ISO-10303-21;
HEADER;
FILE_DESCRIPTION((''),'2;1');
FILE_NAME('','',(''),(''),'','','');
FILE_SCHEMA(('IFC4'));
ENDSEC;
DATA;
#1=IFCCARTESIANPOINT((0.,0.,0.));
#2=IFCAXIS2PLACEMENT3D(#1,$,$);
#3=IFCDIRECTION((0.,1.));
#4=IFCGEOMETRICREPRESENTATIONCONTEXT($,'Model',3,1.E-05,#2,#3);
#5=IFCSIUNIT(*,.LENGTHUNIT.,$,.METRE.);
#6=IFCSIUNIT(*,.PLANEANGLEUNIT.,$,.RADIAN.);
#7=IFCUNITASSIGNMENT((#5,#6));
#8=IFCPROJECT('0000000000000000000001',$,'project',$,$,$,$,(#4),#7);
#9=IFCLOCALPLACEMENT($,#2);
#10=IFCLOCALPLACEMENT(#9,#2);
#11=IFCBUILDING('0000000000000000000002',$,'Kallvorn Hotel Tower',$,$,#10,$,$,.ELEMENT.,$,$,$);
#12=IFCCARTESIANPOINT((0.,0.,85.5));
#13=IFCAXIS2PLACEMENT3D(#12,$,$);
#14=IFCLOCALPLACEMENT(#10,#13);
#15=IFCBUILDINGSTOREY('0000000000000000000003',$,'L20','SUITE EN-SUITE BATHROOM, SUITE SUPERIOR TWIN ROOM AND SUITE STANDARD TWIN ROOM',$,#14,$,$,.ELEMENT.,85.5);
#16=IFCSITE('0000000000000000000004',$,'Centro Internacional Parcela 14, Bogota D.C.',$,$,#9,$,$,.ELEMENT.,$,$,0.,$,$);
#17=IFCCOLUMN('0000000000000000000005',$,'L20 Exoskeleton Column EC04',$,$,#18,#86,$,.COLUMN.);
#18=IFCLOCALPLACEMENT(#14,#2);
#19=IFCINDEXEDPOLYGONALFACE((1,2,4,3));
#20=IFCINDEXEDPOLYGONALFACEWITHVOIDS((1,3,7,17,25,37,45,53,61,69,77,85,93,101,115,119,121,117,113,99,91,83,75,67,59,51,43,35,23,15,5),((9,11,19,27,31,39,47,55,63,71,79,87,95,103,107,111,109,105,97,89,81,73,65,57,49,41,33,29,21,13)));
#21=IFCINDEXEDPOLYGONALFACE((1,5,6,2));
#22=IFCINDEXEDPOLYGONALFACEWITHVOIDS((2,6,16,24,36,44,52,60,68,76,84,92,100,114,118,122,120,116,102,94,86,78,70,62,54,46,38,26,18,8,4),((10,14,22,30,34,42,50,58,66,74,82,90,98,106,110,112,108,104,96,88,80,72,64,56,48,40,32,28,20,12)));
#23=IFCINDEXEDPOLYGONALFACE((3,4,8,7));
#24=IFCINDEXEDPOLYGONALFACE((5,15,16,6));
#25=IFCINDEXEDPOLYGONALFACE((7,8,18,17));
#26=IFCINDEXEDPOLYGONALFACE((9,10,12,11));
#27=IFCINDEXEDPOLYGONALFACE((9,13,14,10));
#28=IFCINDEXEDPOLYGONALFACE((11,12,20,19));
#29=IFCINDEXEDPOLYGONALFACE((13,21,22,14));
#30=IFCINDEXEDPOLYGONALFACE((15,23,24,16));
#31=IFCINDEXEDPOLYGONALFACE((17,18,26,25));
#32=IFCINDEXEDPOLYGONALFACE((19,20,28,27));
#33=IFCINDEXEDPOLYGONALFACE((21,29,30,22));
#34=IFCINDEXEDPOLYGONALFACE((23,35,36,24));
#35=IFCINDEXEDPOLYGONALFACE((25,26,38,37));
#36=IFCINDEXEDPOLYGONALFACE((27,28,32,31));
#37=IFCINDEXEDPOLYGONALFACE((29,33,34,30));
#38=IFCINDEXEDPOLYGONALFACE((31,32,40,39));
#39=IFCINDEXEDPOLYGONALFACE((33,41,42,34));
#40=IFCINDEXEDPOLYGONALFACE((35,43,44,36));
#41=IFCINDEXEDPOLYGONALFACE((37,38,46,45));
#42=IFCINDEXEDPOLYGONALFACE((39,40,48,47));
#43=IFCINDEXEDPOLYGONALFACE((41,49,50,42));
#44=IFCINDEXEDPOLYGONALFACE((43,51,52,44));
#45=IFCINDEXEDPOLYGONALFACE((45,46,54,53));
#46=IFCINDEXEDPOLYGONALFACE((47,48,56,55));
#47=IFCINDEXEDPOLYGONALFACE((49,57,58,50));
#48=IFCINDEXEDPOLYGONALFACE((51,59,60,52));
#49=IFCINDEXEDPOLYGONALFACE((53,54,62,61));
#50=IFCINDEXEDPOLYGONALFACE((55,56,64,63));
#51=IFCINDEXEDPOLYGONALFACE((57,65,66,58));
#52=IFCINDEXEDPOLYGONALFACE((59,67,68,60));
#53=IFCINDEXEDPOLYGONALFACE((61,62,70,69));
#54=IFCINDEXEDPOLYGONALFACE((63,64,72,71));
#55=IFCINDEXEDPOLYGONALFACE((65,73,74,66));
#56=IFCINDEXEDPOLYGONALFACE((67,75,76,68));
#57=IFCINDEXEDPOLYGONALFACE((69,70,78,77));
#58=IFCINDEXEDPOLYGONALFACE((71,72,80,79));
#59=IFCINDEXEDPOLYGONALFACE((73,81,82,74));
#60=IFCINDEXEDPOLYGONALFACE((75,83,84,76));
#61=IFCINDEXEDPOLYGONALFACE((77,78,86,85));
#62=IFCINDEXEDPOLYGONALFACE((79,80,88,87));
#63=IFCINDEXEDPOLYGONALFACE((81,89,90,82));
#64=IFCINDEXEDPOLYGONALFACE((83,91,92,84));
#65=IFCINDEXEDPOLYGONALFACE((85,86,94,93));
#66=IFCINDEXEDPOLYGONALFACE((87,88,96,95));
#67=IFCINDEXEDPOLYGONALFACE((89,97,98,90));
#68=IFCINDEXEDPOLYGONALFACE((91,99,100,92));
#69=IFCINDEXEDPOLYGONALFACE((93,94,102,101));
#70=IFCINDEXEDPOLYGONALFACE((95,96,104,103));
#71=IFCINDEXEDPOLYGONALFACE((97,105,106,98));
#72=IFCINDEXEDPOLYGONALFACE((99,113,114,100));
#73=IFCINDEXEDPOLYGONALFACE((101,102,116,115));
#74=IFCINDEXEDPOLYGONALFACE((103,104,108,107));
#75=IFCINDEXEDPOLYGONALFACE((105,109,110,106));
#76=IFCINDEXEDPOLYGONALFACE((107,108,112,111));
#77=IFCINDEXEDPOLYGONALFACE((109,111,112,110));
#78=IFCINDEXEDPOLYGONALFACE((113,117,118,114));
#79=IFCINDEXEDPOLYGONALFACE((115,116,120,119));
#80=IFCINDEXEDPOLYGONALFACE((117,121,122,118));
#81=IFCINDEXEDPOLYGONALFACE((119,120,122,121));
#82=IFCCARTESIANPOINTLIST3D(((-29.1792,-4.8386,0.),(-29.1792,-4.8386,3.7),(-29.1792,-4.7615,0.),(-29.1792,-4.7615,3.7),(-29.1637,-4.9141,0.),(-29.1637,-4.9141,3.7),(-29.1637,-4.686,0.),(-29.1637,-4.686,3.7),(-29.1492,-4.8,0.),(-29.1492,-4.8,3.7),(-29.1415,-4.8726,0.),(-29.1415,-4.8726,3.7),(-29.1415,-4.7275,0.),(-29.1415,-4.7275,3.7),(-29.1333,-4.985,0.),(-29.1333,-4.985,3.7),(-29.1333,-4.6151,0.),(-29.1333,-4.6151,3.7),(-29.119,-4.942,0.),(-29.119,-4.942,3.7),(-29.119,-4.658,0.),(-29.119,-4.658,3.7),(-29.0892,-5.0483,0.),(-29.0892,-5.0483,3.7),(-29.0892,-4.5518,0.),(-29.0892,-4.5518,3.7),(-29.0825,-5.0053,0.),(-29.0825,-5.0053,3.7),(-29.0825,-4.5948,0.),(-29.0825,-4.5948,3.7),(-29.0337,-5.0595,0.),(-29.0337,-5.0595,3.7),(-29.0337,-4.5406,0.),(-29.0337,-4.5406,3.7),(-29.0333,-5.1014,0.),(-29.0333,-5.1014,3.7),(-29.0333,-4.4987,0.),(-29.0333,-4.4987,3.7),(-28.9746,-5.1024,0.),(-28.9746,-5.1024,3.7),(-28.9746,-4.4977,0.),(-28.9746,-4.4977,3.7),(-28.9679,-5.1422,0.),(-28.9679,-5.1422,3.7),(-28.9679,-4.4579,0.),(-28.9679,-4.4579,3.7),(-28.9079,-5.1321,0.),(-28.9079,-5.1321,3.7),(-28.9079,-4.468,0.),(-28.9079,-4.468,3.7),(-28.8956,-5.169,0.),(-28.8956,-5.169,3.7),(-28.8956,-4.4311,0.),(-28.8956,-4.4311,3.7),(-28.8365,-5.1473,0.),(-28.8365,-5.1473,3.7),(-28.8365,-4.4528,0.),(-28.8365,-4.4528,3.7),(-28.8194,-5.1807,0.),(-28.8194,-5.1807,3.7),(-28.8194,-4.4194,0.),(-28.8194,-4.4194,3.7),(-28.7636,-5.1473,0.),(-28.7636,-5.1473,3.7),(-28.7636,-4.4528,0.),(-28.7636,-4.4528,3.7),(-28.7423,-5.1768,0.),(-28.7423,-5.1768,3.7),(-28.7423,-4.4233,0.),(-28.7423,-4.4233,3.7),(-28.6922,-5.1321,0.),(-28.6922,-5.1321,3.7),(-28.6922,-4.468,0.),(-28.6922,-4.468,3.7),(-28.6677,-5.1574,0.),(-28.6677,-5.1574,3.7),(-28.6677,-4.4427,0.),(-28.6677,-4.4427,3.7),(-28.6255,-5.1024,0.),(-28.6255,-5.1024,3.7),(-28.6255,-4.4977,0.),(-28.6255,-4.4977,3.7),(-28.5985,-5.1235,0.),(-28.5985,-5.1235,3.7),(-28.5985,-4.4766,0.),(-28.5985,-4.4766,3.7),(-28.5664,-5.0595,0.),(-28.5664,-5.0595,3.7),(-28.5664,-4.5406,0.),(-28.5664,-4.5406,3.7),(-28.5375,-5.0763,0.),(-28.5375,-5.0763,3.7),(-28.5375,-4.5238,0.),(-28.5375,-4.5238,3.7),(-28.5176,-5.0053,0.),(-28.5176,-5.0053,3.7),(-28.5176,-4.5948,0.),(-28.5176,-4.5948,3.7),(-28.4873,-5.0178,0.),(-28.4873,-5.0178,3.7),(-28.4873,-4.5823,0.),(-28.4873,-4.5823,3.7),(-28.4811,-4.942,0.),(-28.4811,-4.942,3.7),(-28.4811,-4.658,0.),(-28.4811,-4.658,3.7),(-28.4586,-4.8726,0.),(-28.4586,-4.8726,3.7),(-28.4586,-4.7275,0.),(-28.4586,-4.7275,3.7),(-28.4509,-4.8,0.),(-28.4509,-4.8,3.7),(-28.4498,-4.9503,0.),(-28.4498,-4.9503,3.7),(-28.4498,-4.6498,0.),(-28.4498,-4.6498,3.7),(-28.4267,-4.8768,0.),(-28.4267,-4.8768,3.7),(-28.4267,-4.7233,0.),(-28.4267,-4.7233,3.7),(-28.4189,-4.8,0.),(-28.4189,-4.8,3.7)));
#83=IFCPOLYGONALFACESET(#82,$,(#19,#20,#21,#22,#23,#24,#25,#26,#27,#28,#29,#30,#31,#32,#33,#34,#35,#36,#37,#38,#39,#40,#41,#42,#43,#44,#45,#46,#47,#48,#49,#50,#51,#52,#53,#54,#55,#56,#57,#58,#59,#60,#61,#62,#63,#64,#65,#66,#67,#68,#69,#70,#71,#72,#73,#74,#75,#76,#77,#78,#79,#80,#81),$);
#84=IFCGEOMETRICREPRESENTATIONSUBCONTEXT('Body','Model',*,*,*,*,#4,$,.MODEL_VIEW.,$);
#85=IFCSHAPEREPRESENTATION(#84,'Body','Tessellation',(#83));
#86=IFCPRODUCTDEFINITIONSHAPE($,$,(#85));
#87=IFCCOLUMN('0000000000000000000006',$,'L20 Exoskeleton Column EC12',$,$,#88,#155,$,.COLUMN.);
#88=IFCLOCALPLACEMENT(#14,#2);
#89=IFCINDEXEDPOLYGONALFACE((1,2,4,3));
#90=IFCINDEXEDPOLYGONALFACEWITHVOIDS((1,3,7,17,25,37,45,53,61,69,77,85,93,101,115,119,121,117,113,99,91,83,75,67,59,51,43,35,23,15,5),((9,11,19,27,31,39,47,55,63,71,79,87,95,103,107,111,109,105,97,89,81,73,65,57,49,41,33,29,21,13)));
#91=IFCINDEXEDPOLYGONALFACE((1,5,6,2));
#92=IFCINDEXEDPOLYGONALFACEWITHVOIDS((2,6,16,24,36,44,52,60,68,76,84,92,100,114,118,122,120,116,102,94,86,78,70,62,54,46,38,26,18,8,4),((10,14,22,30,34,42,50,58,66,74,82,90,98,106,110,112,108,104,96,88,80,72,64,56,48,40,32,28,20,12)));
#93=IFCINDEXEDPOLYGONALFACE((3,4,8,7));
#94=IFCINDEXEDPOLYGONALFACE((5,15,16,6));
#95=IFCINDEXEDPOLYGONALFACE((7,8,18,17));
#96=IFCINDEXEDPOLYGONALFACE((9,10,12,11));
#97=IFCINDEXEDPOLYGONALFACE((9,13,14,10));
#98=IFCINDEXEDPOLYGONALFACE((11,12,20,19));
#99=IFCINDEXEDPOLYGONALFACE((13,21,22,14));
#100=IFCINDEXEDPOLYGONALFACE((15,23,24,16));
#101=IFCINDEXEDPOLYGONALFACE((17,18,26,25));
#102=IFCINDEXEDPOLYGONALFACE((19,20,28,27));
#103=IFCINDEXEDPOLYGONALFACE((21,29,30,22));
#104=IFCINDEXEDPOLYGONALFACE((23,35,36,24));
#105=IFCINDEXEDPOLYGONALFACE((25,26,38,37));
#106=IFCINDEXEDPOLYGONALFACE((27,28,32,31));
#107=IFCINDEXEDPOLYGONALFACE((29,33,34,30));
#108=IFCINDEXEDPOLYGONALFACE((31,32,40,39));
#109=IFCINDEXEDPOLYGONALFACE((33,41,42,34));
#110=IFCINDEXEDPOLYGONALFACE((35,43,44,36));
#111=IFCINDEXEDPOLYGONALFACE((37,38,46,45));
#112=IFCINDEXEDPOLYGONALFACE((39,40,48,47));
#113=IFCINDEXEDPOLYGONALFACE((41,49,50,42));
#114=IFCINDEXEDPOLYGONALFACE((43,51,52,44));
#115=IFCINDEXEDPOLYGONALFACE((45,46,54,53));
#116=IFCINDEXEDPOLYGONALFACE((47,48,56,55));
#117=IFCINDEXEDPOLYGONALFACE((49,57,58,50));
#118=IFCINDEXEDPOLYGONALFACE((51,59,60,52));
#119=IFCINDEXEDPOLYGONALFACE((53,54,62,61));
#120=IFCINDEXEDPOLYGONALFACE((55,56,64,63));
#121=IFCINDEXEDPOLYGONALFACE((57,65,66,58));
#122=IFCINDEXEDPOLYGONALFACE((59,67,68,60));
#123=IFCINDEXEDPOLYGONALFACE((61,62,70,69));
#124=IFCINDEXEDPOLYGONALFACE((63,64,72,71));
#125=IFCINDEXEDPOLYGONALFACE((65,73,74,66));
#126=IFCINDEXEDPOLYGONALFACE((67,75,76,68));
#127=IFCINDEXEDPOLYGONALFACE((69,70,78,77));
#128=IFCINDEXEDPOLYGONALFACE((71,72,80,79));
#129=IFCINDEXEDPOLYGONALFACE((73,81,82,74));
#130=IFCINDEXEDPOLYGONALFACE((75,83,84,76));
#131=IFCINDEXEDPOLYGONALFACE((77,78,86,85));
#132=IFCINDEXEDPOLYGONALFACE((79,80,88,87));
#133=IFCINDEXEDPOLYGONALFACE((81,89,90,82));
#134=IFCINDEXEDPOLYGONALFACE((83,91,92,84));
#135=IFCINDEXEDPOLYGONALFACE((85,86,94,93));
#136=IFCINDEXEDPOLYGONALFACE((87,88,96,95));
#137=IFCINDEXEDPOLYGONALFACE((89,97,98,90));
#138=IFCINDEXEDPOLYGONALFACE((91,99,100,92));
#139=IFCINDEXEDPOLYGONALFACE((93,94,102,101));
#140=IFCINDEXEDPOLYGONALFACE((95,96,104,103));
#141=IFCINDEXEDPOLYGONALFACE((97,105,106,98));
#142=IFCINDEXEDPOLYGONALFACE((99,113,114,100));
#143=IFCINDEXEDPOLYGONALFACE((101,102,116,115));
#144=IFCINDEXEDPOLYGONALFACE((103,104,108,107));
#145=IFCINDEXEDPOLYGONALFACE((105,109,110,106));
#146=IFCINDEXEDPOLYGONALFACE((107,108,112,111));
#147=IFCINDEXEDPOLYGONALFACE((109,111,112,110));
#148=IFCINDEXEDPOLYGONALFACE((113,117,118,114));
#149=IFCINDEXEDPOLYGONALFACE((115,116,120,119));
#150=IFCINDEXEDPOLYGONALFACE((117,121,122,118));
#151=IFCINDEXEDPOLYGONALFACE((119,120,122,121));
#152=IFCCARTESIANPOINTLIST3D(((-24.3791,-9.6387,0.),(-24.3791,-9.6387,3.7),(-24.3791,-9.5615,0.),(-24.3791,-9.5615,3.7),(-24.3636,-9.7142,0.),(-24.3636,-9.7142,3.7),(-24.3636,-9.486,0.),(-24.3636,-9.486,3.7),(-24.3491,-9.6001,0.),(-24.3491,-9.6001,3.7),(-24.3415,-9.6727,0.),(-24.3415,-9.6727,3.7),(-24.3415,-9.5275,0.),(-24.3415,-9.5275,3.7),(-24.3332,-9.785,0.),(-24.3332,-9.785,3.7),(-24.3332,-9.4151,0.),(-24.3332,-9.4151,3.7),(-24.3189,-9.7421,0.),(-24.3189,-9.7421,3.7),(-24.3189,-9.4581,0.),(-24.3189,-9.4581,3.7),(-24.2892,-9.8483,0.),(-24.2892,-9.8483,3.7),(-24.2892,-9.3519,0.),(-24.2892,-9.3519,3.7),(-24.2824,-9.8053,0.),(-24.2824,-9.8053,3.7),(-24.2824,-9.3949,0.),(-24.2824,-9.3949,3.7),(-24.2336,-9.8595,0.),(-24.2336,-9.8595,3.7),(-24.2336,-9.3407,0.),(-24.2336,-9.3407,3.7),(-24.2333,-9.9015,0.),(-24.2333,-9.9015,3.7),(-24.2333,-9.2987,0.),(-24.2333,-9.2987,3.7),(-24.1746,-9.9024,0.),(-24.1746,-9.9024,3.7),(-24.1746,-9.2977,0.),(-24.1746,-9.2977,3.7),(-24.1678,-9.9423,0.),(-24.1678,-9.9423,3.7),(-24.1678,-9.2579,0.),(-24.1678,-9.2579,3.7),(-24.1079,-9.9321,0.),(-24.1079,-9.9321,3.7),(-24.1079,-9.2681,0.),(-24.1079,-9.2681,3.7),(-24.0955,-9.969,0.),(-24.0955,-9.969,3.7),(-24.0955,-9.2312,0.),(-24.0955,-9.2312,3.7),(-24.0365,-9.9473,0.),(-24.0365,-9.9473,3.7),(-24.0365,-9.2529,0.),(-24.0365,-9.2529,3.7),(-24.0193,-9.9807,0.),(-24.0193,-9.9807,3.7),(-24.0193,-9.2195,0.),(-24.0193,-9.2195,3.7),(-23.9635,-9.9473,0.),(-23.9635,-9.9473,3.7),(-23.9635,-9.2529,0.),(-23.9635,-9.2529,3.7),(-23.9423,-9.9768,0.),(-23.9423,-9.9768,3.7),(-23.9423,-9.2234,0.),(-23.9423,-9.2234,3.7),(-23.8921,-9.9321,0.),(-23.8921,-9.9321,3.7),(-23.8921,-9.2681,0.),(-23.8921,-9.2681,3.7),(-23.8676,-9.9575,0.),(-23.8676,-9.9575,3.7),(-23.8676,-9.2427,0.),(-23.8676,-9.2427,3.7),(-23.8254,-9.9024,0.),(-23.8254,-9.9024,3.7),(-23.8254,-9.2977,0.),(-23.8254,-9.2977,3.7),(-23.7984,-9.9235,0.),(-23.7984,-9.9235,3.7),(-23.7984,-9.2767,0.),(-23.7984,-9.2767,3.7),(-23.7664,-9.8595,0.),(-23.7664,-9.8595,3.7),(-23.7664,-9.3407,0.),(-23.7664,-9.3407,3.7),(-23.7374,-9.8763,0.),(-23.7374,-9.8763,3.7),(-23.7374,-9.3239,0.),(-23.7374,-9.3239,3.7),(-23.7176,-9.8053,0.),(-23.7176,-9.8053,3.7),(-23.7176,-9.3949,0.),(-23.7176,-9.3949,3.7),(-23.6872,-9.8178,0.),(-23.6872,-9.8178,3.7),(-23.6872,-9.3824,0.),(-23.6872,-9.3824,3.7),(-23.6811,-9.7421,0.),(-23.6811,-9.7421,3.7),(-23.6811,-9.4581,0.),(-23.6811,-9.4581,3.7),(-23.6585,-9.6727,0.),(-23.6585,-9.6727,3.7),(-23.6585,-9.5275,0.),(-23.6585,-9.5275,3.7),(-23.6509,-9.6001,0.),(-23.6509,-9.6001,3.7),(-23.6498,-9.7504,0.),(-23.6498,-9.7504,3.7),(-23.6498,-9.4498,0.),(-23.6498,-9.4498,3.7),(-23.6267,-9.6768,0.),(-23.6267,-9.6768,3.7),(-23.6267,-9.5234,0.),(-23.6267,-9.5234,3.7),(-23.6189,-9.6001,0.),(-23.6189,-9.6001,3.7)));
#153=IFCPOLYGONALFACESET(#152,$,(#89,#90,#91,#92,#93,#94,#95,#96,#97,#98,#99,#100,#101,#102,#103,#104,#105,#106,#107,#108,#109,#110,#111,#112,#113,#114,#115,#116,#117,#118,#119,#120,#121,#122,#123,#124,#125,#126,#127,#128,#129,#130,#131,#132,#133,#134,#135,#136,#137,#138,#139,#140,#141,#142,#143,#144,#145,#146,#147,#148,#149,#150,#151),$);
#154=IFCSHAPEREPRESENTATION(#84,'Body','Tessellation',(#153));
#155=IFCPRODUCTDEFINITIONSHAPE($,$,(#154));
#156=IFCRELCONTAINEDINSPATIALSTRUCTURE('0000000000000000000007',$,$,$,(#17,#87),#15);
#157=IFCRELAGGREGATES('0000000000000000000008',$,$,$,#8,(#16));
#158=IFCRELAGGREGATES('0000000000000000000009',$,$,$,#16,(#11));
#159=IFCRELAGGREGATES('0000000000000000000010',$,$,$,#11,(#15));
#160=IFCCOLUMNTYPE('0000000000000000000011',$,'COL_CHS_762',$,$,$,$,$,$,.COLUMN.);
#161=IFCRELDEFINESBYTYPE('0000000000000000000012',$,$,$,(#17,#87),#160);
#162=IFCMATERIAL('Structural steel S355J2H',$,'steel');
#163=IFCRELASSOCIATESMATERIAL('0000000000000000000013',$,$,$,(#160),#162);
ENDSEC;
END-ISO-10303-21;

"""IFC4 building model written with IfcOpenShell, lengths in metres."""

from ifc_helpers import new_model, si_unit, direction, frame, origin, origin_2d, place, context, subcontext, project, spatial, hollow_circle, extrude, material, material_profile, profile_set, type_object, element, save


model = new_model("IFC4")

# Units and contexts
model_context = context("Model", 3, precision=1e-05, world=origin(), true_north=direction((0.0, 1.0)))
body_context = subcontext(model_context, "Body", "Model", "MODEL_VIEW")
ifc_project = project(units=[si_unit("LENGTHUNIT", "METRE"), si_unit("PLANEANGLEUNIT", "RADIAN")], contexts=[model_context])

# Site, building, storey
site_placement = place(None, origin())
site = spatial("IfcSite", under=ifc_project, at=site_placement, Name="Centro Internacional Parcela 14, Bogota D.C.", CompositionType="ELEMENT", RefElevation=0.0)
building_placement = place(site_placement, origin())
building = spatial("IfcBuilding", under=site, at=building_placement, Name="Kallvorn Hotel Tower", CompositionType="ELEMENT")
storey_placement = place(building_placement, frame((0.0, 0.0, 85.5)))
storey = spatial("IfcBuildingStorey", under=building, at=storey_placement, Name="L20", Description="SUITE EN-SUITE BATHROOM, SUITE SUPERIOR TWIN ROOM AND SUITE STANDARD TWIN ROOM", CompositionType="ELEMENT", Elevation=85.5)

# Columns
ifc_material_1 = material(Name="Structural steel S355J2H", Category="steel")
ifc_material_profile_1 = material_profile(ifc_material_1, hollow_circle(Radius=0.3811, WallThickness=0.032, at=origin_2d()), Name="CHS 762x32")
ifc_profile_set_1 = profile_set([ifc_material_profile_1], Name="Structural steel S355J2H")
column_type_1 = type_object("IfcColumnType", Name="COL_CHS_762", PredefinedType="COLUMN", material=ifc_profile_set_1)
for number, where, z_axis, x_axis, name in (
    (1, (-28.8, -4.8, 0.0), (0.0, 0.0, 1.0), (1.0, 0.0, 0.0), "L20 Exoskeleton Column EC04"),
    (2, (-24.0, -9.6001, 0.0), (0.0, 0.0, 1.0), (1.0, 0.0, 0.0), "L20 Exoskeleton Column EC12"),
):
    element("IfcColumn", number, at=place(storey_placement, frame(where, z_axis=z_axis, x_axis=x_axis)), inside=storey, type_object=column_type_1, Name=name, PredefinedType="COLUMN", context=body_context, shape_type="SweptSolid", body=[
        extrude(hollow_circle(Radius=0.3811, WallThickness=0.032, at=origin_2d()), origin(), (0.0, 0.0, 1.0), 3.7),
    ])

save(model, "model.ifc")
